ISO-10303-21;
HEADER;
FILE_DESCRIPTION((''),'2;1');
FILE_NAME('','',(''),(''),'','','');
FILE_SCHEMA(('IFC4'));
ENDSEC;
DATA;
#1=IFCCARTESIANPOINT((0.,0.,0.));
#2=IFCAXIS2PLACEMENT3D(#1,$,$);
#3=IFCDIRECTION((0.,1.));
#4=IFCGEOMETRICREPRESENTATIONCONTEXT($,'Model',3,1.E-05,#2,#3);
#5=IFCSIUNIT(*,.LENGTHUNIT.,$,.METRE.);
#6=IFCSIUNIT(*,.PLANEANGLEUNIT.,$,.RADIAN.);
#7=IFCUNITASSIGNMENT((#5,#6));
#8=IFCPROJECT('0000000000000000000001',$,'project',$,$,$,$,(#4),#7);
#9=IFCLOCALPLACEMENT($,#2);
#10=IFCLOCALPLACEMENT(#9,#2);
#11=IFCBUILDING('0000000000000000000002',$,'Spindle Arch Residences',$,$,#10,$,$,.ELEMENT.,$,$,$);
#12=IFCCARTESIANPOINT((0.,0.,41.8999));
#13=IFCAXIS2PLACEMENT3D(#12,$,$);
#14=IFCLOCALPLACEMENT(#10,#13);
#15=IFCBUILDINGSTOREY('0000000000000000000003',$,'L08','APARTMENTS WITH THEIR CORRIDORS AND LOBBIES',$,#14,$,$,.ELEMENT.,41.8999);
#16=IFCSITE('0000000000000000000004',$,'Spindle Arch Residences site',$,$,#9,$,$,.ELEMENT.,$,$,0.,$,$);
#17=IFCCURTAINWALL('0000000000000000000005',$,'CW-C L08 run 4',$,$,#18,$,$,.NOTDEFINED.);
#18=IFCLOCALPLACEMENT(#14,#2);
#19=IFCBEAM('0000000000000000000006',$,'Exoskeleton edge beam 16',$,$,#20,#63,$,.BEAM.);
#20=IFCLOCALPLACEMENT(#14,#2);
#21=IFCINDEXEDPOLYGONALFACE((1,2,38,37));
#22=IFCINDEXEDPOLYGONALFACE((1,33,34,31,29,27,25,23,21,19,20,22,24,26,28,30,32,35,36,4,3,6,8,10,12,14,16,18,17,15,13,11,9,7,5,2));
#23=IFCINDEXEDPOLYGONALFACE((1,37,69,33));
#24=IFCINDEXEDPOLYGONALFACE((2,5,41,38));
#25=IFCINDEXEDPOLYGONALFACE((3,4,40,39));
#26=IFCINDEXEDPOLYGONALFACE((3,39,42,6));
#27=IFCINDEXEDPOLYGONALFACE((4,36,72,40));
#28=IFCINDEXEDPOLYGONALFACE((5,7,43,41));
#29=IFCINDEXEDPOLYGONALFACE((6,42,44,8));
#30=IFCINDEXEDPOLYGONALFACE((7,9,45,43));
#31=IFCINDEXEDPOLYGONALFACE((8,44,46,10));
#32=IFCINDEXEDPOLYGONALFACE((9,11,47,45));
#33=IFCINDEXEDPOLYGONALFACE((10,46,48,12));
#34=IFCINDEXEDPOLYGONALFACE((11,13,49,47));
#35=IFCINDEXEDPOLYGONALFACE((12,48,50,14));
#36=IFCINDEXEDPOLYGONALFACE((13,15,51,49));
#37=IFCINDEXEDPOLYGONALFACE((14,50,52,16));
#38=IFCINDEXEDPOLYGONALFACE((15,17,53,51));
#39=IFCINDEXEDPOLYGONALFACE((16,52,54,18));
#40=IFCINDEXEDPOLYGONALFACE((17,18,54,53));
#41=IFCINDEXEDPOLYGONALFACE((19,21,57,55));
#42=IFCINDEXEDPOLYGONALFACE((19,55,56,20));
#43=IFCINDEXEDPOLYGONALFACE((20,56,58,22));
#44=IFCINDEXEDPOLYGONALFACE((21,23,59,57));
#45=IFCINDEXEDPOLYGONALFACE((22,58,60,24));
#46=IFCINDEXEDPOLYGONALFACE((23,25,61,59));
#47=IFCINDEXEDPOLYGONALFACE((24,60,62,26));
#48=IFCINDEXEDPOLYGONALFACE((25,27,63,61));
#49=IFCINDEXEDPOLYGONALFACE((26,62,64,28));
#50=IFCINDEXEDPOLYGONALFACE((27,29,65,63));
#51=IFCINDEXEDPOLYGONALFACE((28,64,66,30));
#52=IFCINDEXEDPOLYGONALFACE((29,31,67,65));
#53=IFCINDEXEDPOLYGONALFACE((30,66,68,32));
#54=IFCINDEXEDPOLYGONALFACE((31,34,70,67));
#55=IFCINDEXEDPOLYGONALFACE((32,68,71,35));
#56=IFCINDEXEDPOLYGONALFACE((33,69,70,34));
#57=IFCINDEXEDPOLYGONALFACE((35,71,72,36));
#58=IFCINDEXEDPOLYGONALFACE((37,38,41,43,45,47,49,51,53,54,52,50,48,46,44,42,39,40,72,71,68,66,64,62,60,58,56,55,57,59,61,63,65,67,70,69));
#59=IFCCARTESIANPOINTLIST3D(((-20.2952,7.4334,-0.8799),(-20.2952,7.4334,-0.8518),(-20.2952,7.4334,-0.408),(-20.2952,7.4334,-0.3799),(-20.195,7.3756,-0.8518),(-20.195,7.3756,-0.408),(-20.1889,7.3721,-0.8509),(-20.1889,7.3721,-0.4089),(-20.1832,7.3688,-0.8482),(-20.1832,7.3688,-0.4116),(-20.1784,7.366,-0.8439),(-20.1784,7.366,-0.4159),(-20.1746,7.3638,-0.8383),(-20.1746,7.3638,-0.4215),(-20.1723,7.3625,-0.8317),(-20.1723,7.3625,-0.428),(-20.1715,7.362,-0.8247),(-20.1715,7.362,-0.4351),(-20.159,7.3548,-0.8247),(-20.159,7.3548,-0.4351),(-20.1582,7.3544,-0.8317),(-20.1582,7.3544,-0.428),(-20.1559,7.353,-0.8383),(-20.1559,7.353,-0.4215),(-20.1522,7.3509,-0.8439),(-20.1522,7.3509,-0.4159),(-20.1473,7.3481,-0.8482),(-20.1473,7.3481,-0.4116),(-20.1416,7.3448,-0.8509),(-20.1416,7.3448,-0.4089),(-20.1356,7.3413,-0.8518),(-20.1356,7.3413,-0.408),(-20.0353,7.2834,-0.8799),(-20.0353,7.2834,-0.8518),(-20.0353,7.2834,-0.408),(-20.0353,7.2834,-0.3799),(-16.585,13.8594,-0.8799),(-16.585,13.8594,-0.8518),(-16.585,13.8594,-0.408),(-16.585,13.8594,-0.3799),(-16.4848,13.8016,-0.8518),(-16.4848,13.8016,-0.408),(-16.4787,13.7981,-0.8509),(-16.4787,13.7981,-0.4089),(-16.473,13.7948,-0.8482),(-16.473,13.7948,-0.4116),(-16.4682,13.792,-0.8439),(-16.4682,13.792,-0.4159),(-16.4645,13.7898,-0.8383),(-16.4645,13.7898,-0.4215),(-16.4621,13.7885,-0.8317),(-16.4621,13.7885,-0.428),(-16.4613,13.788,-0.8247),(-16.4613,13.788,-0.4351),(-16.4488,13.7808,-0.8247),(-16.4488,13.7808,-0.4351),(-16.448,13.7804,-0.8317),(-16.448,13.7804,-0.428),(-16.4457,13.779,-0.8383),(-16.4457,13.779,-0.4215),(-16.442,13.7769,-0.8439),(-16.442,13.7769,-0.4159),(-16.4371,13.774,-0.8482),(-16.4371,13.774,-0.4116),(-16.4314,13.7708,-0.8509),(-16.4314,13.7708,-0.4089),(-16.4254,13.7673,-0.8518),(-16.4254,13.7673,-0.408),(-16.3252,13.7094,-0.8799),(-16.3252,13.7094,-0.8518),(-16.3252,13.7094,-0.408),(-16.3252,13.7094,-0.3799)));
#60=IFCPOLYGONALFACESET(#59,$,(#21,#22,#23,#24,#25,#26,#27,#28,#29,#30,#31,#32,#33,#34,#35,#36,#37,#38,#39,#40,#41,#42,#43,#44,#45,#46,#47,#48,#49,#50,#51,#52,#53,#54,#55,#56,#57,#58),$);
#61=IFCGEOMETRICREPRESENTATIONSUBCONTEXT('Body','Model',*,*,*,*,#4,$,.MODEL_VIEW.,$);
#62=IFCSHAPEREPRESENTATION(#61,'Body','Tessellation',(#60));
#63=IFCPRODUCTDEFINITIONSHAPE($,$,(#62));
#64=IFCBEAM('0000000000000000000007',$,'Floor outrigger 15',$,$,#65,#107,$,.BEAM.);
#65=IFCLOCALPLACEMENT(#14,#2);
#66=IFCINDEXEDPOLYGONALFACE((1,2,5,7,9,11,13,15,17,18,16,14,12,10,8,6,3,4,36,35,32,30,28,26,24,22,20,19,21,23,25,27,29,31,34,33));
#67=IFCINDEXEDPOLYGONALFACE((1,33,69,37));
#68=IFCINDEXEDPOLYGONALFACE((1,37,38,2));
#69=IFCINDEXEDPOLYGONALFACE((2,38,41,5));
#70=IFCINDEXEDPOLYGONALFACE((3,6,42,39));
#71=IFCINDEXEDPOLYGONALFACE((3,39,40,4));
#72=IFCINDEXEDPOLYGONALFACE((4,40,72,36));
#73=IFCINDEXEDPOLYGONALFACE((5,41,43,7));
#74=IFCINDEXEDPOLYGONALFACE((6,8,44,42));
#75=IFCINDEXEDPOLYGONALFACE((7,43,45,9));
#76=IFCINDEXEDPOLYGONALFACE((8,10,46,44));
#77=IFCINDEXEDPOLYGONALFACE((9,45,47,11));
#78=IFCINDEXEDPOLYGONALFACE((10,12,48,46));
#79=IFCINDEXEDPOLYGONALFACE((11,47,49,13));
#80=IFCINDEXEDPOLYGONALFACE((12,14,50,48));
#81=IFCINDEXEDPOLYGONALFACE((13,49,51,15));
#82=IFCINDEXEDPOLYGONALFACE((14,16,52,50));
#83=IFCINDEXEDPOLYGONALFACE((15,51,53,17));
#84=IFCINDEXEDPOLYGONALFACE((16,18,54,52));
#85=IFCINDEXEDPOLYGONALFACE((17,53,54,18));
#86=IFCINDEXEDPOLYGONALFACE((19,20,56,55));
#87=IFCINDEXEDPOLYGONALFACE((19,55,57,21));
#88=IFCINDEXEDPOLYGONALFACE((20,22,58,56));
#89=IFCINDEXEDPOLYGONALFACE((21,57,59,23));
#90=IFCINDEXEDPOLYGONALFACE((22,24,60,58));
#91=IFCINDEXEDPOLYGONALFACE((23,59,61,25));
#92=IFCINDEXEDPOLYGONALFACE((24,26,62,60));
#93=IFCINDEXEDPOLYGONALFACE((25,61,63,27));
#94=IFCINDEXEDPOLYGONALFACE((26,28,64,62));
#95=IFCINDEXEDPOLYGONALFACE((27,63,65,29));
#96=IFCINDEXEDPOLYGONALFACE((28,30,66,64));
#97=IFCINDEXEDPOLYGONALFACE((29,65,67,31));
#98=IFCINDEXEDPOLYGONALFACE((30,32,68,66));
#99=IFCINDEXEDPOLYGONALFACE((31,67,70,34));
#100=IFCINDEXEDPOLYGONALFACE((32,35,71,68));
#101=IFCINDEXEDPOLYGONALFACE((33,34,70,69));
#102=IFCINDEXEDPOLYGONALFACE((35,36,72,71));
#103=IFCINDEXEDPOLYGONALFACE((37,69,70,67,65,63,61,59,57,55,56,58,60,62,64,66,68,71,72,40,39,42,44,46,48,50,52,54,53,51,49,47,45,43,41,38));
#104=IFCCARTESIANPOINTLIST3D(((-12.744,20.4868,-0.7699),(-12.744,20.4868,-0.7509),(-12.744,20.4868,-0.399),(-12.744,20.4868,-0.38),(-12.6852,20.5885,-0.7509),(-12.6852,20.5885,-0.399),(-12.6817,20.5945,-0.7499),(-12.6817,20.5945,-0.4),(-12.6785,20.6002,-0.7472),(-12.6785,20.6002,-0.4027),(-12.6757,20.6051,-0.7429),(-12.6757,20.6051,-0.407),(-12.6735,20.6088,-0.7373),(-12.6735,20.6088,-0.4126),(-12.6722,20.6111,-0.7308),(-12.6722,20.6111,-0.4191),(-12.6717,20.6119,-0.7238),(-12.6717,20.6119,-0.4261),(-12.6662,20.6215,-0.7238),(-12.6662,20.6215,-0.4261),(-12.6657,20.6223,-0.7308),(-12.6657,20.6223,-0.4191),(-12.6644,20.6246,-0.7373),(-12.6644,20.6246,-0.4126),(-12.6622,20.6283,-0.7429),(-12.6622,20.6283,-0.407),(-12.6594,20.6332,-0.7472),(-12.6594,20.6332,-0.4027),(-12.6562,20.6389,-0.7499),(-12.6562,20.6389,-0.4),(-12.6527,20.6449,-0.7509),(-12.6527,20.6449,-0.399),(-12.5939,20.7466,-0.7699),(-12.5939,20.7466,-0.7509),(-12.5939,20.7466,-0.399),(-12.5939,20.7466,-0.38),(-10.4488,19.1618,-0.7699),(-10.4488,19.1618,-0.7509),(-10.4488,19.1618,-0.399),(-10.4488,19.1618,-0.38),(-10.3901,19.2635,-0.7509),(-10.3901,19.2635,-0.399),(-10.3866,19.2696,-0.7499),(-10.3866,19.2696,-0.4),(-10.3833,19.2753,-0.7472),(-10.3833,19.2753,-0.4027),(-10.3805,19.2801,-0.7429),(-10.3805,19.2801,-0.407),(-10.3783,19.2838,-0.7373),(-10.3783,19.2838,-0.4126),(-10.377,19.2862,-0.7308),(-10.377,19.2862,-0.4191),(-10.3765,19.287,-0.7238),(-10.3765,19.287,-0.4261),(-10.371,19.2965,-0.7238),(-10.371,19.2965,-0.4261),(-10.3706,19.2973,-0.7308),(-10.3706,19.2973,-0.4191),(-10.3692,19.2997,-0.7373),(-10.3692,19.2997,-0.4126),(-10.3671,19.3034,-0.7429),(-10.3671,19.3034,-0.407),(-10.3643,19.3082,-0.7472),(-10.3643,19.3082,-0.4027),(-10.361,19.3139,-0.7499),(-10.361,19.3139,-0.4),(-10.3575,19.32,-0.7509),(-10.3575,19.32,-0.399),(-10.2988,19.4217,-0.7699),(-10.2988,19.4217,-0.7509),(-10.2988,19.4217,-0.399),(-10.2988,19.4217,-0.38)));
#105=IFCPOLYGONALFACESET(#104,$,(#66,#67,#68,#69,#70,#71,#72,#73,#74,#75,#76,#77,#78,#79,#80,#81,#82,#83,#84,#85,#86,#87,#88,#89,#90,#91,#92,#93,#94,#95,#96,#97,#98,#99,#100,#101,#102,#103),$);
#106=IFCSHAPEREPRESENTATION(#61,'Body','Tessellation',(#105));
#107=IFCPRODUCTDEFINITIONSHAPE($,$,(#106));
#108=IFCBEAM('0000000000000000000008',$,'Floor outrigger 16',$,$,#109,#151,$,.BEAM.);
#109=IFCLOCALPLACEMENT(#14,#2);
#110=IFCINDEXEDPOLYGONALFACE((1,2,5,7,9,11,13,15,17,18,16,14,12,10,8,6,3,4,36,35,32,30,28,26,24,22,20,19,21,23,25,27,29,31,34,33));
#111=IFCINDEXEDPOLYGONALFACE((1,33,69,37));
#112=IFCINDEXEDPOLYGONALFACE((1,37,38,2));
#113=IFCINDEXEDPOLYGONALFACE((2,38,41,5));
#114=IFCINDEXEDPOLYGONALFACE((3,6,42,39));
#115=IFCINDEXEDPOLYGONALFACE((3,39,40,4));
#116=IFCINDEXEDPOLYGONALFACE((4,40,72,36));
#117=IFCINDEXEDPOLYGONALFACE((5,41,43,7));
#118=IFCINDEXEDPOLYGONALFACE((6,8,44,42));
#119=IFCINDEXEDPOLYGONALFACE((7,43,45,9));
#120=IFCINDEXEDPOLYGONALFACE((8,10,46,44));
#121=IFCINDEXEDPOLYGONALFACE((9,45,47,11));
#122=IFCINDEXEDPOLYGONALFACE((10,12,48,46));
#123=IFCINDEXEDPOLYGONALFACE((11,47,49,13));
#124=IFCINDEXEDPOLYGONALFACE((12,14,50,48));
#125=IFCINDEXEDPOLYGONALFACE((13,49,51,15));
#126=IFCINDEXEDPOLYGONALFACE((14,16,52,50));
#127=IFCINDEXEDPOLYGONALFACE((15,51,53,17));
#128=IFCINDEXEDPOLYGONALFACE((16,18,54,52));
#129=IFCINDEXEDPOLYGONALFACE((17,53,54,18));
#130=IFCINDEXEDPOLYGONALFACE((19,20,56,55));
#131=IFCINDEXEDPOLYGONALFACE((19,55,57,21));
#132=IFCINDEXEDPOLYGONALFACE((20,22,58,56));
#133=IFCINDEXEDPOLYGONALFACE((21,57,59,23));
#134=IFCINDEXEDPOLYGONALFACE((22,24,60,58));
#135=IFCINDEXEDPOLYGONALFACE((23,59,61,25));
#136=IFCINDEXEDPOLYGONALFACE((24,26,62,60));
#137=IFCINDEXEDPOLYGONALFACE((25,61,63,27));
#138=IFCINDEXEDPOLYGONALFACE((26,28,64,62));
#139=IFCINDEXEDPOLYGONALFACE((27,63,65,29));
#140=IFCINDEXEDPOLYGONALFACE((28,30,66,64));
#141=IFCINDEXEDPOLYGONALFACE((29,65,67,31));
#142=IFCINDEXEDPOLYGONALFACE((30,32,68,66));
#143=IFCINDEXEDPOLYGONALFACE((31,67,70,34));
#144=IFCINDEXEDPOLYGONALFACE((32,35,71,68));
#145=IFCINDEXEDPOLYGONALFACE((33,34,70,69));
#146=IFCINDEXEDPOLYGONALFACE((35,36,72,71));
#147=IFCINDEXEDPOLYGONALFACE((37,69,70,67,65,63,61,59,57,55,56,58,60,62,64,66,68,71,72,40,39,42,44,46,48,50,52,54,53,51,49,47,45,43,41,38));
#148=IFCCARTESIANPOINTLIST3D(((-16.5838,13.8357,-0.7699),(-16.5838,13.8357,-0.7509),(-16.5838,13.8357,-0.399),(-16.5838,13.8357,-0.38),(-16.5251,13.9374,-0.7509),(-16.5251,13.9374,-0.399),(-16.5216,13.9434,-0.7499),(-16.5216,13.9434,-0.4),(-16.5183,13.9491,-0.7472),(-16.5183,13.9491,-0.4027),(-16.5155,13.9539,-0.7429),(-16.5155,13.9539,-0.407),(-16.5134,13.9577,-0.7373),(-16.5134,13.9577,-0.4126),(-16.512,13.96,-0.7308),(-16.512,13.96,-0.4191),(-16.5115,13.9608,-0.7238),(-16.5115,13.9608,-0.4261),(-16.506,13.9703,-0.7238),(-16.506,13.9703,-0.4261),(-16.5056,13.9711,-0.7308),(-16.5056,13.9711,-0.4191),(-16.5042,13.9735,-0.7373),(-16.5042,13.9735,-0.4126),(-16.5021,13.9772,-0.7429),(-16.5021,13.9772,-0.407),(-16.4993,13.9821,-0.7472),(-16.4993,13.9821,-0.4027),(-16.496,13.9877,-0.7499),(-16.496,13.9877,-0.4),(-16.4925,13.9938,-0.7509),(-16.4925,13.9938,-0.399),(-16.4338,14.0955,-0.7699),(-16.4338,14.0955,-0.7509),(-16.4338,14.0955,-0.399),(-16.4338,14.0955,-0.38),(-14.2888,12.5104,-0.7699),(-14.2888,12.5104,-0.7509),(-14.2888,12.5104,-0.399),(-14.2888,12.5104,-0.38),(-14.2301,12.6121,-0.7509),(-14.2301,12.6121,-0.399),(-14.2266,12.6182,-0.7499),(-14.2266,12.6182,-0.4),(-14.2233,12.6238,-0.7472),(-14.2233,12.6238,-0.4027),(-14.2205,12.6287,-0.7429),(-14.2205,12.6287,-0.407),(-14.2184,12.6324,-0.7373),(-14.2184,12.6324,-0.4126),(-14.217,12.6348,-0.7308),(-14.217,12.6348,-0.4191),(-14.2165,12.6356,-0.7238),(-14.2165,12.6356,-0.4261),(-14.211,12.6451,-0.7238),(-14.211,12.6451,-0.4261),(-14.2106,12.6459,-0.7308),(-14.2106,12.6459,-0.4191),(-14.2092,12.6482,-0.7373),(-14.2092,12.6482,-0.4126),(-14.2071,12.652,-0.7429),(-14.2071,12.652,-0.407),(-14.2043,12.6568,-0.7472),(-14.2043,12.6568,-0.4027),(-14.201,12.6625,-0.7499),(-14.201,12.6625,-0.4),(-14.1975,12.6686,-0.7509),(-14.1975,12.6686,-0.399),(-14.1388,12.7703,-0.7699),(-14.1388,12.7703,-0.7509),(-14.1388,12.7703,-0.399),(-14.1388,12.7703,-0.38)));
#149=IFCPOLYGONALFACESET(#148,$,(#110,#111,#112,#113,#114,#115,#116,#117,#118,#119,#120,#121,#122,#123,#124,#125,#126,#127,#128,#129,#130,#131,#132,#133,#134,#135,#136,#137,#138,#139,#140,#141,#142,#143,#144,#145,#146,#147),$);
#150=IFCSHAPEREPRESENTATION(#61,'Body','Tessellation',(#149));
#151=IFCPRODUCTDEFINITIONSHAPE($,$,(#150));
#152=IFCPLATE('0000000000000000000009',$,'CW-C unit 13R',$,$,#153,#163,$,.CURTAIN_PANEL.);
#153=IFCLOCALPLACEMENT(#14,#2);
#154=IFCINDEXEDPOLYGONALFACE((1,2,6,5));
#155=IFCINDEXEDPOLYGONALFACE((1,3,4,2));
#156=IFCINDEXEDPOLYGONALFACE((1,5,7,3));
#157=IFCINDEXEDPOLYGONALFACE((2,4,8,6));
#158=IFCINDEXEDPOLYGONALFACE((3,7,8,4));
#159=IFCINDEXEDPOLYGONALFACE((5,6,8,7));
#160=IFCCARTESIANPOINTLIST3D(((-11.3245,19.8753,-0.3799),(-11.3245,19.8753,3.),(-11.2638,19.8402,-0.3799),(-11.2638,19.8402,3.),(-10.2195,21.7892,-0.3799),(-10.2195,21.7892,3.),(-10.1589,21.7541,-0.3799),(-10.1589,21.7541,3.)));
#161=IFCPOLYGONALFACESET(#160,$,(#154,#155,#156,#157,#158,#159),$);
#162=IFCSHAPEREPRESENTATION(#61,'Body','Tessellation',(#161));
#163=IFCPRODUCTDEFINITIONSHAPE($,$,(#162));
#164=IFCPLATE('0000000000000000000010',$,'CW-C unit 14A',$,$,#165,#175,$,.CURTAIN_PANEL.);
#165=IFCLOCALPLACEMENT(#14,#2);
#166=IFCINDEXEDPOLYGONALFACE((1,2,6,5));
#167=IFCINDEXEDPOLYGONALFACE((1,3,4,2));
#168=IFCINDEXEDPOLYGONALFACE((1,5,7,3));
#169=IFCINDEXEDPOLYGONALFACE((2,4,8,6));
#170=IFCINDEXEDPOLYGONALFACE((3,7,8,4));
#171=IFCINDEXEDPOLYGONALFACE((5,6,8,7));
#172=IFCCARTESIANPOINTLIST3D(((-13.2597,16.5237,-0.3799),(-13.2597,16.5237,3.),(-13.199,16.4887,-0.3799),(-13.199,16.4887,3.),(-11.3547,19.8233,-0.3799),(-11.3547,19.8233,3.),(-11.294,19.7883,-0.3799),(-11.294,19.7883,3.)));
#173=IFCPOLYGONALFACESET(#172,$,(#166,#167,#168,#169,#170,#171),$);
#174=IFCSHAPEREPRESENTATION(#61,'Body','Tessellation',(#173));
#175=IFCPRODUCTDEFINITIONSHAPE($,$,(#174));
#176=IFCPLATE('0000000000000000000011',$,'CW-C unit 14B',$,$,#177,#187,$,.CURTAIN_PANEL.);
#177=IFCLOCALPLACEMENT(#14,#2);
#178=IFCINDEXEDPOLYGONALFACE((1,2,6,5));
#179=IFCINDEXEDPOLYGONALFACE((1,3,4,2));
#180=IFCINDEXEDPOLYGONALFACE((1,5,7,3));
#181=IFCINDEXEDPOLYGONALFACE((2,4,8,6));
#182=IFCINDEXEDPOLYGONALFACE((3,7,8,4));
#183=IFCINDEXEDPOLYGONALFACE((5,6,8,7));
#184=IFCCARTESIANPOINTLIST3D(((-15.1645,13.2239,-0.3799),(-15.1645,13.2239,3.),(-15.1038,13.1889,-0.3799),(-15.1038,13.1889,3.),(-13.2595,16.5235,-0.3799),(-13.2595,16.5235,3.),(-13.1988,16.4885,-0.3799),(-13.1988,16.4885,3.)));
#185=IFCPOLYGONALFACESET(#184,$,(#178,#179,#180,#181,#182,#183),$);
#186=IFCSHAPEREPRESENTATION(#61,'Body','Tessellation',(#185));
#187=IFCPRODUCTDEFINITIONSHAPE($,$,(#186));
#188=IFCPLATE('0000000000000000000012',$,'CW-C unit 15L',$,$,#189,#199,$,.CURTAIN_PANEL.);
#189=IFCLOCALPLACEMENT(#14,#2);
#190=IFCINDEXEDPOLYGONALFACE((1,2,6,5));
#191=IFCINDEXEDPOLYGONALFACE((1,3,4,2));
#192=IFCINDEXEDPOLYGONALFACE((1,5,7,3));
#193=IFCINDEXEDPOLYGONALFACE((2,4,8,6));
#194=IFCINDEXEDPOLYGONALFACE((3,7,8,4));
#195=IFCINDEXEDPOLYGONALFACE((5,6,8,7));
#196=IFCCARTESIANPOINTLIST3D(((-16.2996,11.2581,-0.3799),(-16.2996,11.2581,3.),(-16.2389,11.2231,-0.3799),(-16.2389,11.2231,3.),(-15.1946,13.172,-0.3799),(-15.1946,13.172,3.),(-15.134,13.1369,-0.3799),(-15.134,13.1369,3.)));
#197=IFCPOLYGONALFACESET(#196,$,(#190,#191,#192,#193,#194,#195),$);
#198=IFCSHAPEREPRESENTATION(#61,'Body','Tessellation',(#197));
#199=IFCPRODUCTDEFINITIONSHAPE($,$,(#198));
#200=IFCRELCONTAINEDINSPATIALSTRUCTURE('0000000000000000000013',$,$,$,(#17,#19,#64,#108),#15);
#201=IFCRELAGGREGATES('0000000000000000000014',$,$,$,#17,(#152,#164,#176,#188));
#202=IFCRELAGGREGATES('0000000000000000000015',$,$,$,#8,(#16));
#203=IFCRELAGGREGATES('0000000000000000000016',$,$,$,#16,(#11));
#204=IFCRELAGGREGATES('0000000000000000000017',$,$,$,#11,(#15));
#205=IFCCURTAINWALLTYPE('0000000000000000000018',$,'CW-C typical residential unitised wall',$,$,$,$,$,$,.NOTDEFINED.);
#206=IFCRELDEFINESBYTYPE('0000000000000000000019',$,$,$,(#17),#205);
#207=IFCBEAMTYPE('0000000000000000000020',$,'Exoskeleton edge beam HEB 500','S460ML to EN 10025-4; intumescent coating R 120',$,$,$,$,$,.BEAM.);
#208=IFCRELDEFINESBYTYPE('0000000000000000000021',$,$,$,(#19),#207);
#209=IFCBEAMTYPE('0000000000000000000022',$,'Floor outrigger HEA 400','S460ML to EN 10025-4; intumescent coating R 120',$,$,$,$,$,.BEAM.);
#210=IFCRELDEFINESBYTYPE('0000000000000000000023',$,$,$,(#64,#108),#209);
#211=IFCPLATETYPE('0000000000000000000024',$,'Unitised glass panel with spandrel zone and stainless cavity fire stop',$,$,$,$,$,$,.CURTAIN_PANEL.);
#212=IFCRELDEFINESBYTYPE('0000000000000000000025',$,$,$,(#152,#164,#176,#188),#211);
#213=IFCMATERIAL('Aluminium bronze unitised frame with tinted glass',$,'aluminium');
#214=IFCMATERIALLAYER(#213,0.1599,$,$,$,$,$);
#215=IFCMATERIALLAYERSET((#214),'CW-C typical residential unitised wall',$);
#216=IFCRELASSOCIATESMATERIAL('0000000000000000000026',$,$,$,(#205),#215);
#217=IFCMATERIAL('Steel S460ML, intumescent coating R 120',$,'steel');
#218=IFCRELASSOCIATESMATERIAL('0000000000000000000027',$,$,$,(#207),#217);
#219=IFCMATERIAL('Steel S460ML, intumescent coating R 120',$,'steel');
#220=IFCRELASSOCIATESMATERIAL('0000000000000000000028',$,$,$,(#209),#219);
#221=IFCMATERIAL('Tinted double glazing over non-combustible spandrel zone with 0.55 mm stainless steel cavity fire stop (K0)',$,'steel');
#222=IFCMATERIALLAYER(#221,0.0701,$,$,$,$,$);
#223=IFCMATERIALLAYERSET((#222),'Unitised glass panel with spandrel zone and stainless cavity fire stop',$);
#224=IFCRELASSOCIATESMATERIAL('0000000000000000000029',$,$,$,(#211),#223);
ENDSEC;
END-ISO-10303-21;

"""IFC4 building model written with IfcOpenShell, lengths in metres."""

from ifc_helpers import new_model, si_unit, direction, frame, origin, origin_2d, place, context, subcontext, project, spatial, rectangle, i_section, extrude, material, layer, layer_set, material_profile, profile_set, type_object, element, aggregate, save


model = new_model("IFC4")

# Units and contexts
model_context = context("Model", 3, precision=1e-05, world=origin(), true_north=direction((0.0, 1.0)))
body_context = subcontext(model_context, "Body", "Model", "MODEL_VIEW")
ifc_project = project(units=[si_unit("LENGTHUNIT", "METRE"), si_unit("PLANEANGLEUNIT", "RADIAN")], contexts=[model_context])

# Site, building, storey
site_placement = place(None, origin())
site = spatial("IfcSite", under=ifc_project, at=site_placement, Name="Spindle Arch Residences site", CompositionType="ELEMENT", RefElevation=0.0)
building_placement = place(site_placement, origin())
building = spatial("IfcBuilding", under=site, at=building_placement, Name="Spindle Arch Residences", CompositionType="ELEMENT")
storey_placement = place(building_placement, frame((0.0, 0.0, 41.8999)))
storey = spatial("IfcBuildingStorey", under=building, at=storey_placement, Name="L08", Description="APARTMENTS WITH THEIR CORRIDORS AND LOBBIES", CompositionType="ELEMENT", Elevation=41.8999)

# Curtain wall
ifc_material_1 = material(Name="Aluminium bronze unitised frame with tinted glass", Category="aluminium")
ifc_layer_1 = layer(ifc_material_1, 0.1599)
ifc_layer_set_1 = layer_set([ifc_layer_1], Name="CW-C typical residential unitised wall")
curtain_wall_type = type_object("IfcCurtainWallType", Name="CW-C typical residential unitised wall", PredefinedType="NOTDEFINED", material=ifc_layer_set_1)
curtain_wall_placement = place(storey_placement, origin())
curtain_wall = element("IfcCurtainWall", 1, at=curtain_wall_placement, inside=storey, type_object=curtain_wall_type, Name="CW-C L08 run 4", PredefinedType="NOTDEFINED")

# Beams
ifc_material_2 = material(Name="Steel S460ML, intumescent coating R 120", Category="steel")
ifc_material_profile_1 = material_profile(ifc_material_2, i_section(OverallWidth=0.3, OverallDepth=0.5, WebThickness=0.0144, FlangeThickness=0.0281, FilletRadius=0.0271, at=origin_2d()), Name="HEB 500")
ifc_profile_set_1 = profile_set([ifc_material_profile_1], Name="Steel S460ML, intumescent coating R 120")
beam_type_1 = type_object("IfcBeamType", Name="Exoskeleton edge beam HEB 500", Description="S460ML to EN 10025-4; intumescent coating R 120", PredefinedType="BEAM", material=ifc_profile_set_1)
for number, where, z_axis, x_axis, name in (
    (2, (-16.4551, 13.7844, -0.6299), (-0.500014, -0.866017, 0.0), (0.866017, -0.500014, 0.0), "Exoskeleton edge beam 16"),
):
    element("IfcBeam", number, at=place(storey_placement, frame(where, z_axis=z_axis, x_axis=x_axis)), inside=storey, type_object=beam_type_1, Name=name, PredefinedType="BEAM", context=body_context, shape_type="SweptSolid", body=[
        extrude(i_section(OverallWidth=0.3, OverallDepth=0.5, WebThickness=0.0144, FlangeThickness=0.0281, FilletRadius=0.0271, at=origin_2d()), origin(), (0.0, 0.0, 1.0), 7.4202),
    ])
ifc_material_3 = material(Name="Steel S460ML, intumescent coating R 120", Category="steel")
ifc_material_profile_2 = material_profile(ifc_material_3, i_section(OverallWidth=0.3, OverallDepth=0.3899, WebThickness=0.011, FlangeThickness=0.019, FilletRadius=0.0271, at=origin_2d()), Name="HEA 400")
ifc_profile_set_2 = profile_set([ifc_material_profile_2], Name="Steel S460ML, intumescent coating R 120")
beam_type_2 = type_object("IfcBeamType", Name="Floor outrigger HEA 400", Description="S460ML to EN 10025-4; intumescent coating R 120", PredefinedType="BEAM", material=ifc_profile_set_2)
for number, where, z_axis, x_axis, name in (
    (3, (-12.6689, 20.6167, -0.575), (0.866052, -0.499954, 0.0), (0.499954, 0.866052, 0.0), "Floor outrigger 15"),
    (4, (-16.5088, 13.9656, -0.575), (0.865989, -0.500063, 0.0), (0.500063, 0.865989, 0.0), "Floor outrigger 16"),
):
    element("IfcBeam", number, at=place(storey_placement, frame(where, z_axis=z_axis, x_axis=x_axis)), inside=storey, type_object=beam_type_2, Name=name, PredefinedType="BEAM", context=body_context, shape_type="SweptSolid", body=[
        extrude(i_section(OverallWidth=0.3, OverallDepth=0.3899, WebThickness=0.011, FlangeThickness=0.019, FilletRadius=0.0271, at=origin_2d()), origin(), (0.0, 0.0, 1.0), 2.6501),
    ])

# Plates
ifc_material_4 = material(Name="Tinted double glazing over non-combustible spandrel zone with 0.55 mm stainless steel cavity fire stop (K0)", Category="steel")
ifc_layer_2 = layer(ifc_material_4, 0.0701)
ifc_layer_set_2 = layer_set([ifc_layer_2], Name="Unitised glass panel with spandrel zone and stainless cavity fire stop")
plate_type = type_object("IfcPlateType", Name="Unitised glass panel with spandrel zone and stainless cavity fire stop", PredefinedType="CURTAIN_PANEL", material=ifc_layer_set_2)
plate_1_placement = place(storey_placement, frame((-10.7417, 20.8147, -0.3799), z_axis=(0.0, 0.0, 1.0), x_axis=(-0.5, -0.866025, 0.0)))
plate_1 = element("IfcPlate", 5, at=plate_1_placement, type_object=plate_type, Name="CW-C unit 13R", PredefinedType="CURTAIN_PANEL", context=body_context, shape_type="SweptSolid", body=[
    extrude(rectangle(XDim=2.21, YDim=0.0701, at=origin_2d()), origin(), (0.0, 0.0, 1.0), 3.3799),
])
plate_2_placement = place(storey_placement, frame((-12.2769, 18.156, -0.3799), z_axis=(0.0, 0.0, 1.0), x_axis=(-0.5, -0.866025, 0.0)))
plate_2 = element("IfcPlate", 6, at=plate_2_placement, type_object=plate_type, Name="CW-C unit 14A", PredefinedType="CURTAIN_PANEL", context=body_context, shape_type="SweptSolid", body=[
    extrude(rectangle(XDim=3.8101, YDim=0.0701, at=origin_2d()), origin(), (0.0, 0.0, 1.0), 3.3799),
])
plate_3_placement = place(storey_placement, frame((-14.1816, 14.8562, -0.3799), z_axis=(0.0, 0.0, 1.0), x_axis=(-0.5, -0.866025, 0.0)))
plate_3 = element("IfcPlate", 7, at=plate_3_placement, type_object=plate_type, Name="CW-C unit 14B", PredefinedType="CURTAIN_PANEL", context=body_context, shape_type="SweptSolid", body=[
    extrude(rectangle(XDim=3.8101, YDim=0.0701, at=origin_2d()), origin(), (0.0, 0.0, 1.0), 3.3799),
])
plate_4_placement = place(storey_placement, frame((-15.7168, 12.1975, -0.3799), z_axis=(0.0, 0.0, 1.0), x_axis=(-0.5, -0.866025, 0.0)))
plate_4 = element("IfcPlate", 8, at=plate_4_placement, type_object=plate_type, Name="CW-C unit 15L", PredefinedType="CURTAIN_PANEL", context=body_context, shape_type="SweptSolid", body=[
    extrude(rectangle(XDim=2.21, YDim=0.0701, at=origin_2d()), origin(), (0.0, 0.0, 1.0), 3.3799),
])
aggregate(curtain_wall, [plate_1, plate_2, plate_3, plate_4])

save(model, "model.ifc")
